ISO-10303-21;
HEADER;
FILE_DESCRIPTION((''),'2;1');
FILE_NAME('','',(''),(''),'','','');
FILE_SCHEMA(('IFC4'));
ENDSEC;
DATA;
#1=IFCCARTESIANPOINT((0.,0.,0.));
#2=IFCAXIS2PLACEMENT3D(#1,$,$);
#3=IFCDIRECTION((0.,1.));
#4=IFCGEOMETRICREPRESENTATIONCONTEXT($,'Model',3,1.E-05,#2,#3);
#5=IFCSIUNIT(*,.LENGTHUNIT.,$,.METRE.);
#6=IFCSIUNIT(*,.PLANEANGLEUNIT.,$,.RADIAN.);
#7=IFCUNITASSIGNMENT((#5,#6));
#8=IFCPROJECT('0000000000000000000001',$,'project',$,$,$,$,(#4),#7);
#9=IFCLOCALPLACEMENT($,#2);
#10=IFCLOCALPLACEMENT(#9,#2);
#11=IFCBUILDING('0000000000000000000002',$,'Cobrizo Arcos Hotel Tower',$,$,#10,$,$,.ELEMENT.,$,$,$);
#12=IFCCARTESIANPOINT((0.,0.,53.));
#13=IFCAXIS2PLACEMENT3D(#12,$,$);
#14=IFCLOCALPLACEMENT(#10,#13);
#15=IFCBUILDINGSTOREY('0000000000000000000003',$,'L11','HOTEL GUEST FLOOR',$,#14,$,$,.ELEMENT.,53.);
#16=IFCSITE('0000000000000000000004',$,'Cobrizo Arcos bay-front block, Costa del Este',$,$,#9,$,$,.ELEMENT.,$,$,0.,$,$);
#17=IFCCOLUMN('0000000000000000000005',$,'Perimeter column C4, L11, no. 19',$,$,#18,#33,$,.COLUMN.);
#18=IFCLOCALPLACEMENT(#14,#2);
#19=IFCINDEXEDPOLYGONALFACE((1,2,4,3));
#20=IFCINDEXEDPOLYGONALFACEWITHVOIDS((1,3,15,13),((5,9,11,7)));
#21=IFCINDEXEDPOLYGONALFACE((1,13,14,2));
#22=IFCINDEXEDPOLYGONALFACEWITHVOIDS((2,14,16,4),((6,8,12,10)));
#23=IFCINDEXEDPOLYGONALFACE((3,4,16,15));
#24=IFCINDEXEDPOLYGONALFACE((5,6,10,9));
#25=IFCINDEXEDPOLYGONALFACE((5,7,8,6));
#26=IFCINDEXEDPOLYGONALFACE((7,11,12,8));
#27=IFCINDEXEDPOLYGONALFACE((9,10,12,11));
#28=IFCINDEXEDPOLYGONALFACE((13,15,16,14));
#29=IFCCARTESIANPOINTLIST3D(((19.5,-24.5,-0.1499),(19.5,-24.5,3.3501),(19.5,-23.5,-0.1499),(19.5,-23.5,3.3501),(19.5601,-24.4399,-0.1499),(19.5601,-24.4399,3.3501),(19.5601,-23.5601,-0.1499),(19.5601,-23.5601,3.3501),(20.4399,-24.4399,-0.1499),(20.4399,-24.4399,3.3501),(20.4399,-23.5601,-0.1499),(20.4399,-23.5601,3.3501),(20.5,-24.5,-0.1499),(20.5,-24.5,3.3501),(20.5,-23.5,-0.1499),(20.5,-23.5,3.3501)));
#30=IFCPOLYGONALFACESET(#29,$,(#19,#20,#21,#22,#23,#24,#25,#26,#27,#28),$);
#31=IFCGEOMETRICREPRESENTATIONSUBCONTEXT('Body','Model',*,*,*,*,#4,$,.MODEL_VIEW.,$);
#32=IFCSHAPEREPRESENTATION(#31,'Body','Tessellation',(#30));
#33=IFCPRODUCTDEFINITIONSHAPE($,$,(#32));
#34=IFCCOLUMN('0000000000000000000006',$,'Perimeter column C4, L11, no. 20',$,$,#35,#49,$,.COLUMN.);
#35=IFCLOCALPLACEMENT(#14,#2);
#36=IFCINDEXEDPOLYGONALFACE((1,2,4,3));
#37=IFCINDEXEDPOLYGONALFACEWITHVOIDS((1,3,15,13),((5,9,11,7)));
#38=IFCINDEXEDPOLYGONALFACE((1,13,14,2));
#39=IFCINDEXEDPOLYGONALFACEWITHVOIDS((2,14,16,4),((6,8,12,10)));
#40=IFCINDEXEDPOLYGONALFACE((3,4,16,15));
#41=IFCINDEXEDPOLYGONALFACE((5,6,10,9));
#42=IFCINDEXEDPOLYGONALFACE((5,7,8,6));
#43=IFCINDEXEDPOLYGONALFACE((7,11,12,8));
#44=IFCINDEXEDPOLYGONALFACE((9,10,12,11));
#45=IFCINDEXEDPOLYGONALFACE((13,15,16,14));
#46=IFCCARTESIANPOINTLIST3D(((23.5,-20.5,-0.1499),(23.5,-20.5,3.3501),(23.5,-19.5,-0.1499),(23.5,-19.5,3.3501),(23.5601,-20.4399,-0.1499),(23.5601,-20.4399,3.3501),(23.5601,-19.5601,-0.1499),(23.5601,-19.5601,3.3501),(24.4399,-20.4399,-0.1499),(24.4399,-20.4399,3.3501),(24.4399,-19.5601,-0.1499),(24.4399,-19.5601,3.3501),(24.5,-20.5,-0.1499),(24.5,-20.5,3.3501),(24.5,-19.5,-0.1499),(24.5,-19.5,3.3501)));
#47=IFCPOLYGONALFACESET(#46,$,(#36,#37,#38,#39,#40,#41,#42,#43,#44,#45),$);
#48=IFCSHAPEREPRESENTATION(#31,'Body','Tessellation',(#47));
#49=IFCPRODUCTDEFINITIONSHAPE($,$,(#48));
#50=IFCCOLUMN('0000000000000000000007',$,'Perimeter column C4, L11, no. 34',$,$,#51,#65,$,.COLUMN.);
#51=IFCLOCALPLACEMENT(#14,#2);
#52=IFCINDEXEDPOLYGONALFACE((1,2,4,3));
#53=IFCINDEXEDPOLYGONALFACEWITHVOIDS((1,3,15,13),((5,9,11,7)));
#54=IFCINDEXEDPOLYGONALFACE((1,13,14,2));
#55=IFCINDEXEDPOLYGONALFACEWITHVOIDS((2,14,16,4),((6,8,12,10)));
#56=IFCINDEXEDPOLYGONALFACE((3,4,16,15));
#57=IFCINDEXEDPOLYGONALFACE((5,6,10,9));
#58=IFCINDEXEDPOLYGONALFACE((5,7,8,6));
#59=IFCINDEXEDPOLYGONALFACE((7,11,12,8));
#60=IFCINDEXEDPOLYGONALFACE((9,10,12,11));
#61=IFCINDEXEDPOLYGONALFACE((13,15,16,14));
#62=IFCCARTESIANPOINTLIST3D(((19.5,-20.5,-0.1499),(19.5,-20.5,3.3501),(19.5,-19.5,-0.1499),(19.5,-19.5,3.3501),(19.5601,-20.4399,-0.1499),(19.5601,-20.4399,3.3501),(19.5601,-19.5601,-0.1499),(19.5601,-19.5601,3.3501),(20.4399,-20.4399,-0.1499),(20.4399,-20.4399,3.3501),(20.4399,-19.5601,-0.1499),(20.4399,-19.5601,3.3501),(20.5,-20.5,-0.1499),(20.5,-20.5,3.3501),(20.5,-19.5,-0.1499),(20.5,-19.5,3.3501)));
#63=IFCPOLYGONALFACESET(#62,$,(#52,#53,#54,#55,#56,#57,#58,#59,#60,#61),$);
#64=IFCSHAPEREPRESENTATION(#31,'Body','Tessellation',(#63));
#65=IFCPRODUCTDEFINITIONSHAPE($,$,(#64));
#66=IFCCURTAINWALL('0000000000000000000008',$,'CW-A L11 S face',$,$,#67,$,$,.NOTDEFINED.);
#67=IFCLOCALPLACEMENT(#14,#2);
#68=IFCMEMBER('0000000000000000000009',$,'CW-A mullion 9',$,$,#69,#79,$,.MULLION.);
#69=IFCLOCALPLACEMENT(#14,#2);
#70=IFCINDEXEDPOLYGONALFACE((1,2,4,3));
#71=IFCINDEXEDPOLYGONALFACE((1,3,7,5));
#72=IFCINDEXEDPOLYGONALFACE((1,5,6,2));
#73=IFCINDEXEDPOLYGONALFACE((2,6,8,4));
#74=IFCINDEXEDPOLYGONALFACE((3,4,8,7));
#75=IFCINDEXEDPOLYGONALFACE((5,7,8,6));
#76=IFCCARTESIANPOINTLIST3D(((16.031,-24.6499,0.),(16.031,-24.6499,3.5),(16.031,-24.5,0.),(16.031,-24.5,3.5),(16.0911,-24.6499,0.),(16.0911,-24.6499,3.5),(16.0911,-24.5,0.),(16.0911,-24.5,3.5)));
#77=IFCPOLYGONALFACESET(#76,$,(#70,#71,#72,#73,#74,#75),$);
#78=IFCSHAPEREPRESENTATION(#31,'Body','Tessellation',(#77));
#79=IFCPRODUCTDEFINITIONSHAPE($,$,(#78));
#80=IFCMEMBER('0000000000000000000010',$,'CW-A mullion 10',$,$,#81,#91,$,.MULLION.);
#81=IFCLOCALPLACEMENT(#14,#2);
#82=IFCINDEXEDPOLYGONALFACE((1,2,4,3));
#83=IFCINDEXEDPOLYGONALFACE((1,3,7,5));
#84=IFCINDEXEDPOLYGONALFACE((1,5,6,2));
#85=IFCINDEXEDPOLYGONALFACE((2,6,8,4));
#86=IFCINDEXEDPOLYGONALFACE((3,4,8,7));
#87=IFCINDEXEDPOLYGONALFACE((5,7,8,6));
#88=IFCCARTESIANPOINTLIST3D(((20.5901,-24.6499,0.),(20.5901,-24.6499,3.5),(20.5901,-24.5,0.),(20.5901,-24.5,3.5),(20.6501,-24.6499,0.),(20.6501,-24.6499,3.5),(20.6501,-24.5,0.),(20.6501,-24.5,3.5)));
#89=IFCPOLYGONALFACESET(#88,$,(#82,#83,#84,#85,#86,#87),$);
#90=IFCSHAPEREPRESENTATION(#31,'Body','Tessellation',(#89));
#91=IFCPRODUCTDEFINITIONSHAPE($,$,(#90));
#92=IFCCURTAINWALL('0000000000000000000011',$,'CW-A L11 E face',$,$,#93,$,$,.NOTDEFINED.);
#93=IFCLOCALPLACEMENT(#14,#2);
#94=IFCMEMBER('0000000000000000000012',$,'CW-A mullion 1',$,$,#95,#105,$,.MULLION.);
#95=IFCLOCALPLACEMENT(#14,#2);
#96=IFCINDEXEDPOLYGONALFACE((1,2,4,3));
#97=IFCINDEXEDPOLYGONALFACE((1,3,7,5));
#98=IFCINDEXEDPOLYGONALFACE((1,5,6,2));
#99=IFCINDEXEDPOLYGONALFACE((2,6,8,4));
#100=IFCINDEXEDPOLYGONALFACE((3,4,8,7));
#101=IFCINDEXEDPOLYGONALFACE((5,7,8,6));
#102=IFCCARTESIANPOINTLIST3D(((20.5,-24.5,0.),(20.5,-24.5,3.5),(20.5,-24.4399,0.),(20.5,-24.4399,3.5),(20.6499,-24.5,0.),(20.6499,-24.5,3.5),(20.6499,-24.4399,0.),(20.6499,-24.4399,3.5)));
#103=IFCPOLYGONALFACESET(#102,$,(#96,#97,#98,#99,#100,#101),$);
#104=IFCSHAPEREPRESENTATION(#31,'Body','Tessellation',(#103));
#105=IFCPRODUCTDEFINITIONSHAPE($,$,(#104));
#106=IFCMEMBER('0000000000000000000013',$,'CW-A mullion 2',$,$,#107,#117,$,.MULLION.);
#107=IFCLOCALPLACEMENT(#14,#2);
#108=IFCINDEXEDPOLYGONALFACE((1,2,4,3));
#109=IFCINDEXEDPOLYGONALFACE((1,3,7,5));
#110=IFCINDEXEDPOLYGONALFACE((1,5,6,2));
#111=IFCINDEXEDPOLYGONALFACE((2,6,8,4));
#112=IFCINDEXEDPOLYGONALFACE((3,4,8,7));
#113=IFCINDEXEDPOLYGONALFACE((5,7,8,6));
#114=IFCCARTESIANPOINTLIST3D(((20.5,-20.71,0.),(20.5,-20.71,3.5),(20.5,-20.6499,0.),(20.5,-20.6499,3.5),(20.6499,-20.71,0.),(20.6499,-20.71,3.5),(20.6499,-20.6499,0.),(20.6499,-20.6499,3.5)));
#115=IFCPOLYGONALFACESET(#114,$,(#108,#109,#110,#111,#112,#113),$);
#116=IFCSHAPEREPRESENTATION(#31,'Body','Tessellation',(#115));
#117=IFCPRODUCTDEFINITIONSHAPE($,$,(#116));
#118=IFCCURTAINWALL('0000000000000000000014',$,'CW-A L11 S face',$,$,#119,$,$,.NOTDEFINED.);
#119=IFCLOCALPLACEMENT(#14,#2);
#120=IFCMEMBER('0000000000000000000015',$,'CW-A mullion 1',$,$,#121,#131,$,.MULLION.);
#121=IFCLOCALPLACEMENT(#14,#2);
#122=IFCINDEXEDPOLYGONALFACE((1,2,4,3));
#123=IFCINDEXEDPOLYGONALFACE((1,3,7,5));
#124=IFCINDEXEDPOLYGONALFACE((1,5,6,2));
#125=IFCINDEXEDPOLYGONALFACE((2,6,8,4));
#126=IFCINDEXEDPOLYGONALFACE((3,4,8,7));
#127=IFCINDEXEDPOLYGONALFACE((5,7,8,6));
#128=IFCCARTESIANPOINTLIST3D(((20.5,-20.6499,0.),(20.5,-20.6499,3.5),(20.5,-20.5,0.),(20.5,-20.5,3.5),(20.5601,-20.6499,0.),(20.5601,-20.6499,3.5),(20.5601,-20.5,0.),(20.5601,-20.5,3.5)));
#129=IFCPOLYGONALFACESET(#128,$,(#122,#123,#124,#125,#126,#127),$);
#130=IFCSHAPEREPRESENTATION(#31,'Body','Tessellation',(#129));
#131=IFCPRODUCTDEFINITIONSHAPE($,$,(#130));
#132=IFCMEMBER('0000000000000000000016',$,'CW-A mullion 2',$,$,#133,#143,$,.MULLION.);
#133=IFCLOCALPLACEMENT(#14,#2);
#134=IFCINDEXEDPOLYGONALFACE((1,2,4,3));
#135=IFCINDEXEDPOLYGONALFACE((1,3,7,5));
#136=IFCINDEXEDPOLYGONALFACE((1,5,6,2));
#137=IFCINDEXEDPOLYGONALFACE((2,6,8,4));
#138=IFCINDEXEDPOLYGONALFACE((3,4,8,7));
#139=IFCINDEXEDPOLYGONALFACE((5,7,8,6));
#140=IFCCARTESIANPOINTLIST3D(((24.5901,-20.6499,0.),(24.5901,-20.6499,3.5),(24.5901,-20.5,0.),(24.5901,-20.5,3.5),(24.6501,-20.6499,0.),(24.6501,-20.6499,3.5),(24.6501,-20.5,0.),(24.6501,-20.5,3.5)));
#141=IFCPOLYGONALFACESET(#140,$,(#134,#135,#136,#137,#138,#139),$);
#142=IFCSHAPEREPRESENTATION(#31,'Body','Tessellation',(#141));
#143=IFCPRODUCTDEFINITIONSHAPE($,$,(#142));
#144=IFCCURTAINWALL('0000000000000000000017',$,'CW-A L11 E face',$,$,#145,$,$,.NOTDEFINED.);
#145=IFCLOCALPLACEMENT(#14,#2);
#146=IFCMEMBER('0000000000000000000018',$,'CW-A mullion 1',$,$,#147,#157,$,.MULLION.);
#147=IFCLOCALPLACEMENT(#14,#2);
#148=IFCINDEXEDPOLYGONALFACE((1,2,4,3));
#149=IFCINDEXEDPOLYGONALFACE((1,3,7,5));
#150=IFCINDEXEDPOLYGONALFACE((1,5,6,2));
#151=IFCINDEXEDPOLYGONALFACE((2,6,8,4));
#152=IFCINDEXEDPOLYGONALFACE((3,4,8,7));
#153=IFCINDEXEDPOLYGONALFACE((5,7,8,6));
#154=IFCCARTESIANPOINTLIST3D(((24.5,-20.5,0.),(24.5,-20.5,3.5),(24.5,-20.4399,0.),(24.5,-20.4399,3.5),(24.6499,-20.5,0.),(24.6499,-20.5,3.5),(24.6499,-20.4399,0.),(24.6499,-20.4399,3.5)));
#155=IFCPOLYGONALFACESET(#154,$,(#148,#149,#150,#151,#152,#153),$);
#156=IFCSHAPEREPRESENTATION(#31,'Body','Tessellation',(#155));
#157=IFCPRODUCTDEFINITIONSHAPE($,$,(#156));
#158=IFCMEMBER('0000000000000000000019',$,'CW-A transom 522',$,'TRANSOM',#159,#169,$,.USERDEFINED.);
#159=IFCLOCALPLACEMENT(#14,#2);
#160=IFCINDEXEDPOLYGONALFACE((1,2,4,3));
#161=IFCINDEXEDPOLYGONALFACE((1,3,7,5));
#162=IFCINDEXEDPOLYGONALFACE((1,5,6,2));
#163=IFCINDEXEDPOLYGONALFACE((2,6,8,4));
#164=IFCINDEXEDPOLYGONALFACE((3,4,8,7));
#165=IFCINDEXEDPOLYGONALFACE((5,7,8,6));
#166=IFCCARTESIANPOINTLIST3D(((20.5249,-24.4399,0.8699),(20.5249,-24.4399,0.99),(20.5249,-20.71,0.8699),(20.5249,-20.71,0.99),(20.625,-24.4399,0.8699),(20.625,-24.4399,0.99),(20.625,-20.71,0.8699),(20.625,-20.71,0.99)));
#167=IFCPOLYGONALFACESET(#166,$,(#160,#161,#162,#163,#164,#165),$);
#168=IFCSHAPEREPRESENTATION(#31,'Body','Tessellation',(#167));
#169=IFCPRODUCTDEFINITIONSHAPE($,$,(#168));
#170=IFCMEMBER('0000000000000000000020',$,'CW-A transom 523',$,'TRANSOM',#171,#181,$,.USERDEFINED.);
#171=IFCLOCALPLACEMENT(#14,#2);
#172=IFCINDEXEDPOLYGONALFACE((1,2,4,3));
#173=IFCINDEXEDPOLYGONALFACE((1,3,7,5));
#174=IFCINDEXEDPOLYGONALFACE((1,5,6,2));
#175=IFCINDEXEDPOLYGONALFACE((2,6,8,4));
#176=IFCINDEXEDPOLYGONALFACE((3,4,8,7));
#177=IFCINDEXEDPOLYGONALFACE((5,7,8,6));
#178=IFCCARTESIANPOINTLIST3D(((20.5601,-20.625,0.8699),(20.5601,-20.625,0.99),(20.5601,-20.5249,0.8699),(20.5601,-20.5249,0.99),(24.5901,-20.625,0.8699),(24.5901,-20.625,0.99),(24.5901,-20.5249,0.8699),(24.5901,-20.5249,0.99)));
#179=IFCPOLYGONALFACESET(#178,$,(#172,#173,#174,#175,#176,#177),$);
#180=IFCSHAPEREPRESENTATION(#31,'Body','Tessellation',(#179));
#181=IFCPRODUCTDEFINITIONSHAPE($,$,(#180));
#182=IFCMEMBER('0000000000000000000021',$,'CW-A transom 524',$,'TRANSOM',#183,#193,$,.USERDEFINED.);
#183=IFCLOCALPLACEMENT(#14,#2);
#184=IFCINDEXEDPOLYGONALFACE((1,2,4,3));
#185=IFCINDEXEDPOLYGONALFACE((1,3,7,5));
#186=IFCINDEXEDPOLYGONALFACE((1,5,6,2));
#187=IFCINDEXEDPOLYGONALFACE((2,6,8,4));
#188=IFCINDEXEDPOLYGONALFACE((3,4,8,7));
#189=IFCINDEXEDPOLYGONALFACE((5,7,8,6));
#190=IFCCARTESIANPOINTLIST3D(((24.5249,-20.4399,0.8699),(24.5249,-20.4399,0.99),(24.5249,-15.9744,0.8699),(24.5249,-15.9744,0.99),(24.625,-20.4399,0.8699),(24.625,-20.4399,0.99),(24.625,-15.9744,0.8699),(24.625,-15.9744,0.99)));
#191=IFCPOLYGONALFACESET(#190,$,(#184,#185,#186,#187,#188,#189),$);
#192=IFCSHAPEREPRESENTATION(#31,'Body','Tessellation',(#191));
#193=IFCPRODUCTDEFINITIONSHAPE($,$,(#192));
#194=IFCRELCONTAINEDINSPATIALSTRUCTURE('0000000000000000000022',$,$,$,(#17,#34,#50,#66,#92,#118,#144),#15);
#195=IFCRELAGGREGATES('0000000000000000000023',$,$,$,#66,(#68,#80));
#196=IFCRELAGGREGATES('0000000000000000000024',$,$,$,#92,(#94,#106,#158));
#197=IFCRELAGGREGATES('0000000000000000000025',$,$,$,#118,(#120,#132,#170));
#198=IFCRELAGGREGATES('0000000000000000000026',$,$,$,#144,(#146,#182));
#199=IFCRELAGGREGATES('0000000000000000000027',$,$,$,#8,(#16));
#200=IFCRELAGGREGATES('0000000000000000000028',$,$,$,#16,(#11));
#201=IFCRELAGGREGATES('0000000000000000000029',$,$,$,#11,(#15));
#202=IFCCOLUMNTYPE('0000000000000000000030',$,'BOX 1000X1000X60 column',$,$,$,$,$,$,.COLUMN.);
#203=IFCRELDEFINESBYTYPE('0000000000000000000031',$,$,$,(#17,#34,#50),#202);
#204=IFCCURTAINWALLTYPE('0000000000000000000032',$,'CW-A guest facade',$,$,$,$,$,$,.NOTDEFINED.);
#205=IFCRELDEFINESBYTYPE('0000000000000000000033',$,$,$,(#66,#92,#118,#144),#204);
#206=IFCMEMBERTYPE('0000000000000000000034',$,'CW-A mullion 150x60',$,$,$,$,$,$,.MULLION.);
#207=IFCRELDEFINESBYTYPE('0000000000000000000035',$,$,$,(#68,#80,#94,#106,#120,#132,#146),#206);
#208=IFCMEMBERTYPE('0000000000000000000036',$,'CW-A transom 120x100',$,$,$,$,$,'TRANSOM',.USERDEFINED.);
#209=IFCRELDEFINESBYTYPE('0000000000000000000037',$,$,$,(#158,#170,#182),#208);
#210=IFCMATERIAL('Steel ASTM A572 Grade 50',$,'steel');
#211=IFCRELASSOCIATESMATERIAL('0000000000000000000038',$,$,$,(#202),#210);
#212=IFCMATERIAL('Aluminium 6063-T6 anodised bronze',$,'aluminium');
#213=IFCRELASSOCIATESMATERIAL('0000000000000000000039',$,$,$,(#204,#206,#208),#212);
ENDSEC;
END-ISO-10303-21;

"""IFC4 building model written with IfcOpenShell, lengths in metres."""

from ifc_helpers import new_model, si_unit, direction, frame, origin, origin_2d, place, context, subcontext, project, spatial, rectangle, hollow_rectangle, extrude, material, material_profile, profile_set, type_object, element, aggregate, save


model = new_model("IFC4")

# Units and contexts
model_context = context("Model", 3, precision=1e-05, world=origin(), true_north=direction((0.0, 1.0)))
body_context = subcontext(model_context, "Body", "Model", "MODEL_VIEW")
ifc_project = project(units=[si_unit("LENGTHUNIT", "METRE"), si_unit("PLANEANGLEUNIT", "RADIAN")], contexts=[model_context])

# Site, building, storey
site_placement = place(None, origin())
site = spatial("IfcSite", under=ifc_project, at=site_placement, Name="Cobrizo Arcos bay-front block, Costa del Este", CompositionType="ELEMENT", RefElevation=0.0)
building_placement = place(site_placement, origin())
building = spatial("IfcBuilding", under=site, at=building_placement, Name="Cobrizo Arcos Hotel Tower", CompositionType="ELEMENT")
storey_placement = place(building_placement, frame((0.0, 0.0, 53.0)))
storey = spatial("IfcBuildingStorey", under=building, at=storey_placement, Name="L11", Description="HOTEL GUEST FLOOR", CompositionType="ELEMENT", Elevation=53.0)

# Columns
ifc_material_1 = material(Name="Steel ASTM A572 Grade 50", Category="steel")
ifc_material_profile_1 = material_profile(ifc_material_1, hollow_rectangle(XDim=1.0, YDim=1.0, WallThickness=0.0601, at=origin_2d()), Name="BOX 1000X1000X60")
ifc_profile_set_1 = profile_set([ifc_material_profile_1], Name="Steel ASTM A572 Grade 50")
column_type = type_object("IfcColumnType", Name="BOX 1000X1000X60 column", PredefinedType="COLUMN", material=ifc_profile_set_1)
for number, where, z_axis, x_axis, name in (
    (1, (20.0, -24.0, -0.1499), (0.0, 0.0, 1.0), (1.0, 0.0, 0.0), "Perimeter column C4, L11, no. 19"),
    (2, (24.0, -20.0, -0.1499), (0.0, 0.0, 1.0), (1.0, 0.0, 0.0), "Perimeter column C4, L11, no. 20"),
    (3, (20.0, -20.0, -0.1499), (0.0, 0.0, 1.0), (1.0, 0.0, 0.0), "Perimeter column C4, L11, no. 34"),
):
    element("IfcColumn", number, at=place(storey_placement, frame(where, z_axis=z_axis, x_axis=x_axis)), inside=storey, type_object=column_type, Name=name, PredefinedType="COLUMN", context=body_context, shape_type="SweptSolid", body=[
        extrude(hollow_rectangle(XDim=1.0, YDim=1.0, WallThickness=0.0601, at=origin_2d()), origin(), (0.0, 0.0, 1.0), 3.5),
    ])

# Curtain walls, members
ifc_material_2 = material(Name="Aluminium 6063-T6 anodised bronze", Category="aluminium")
curtain_wall_type = type_object("IfcCurtainWallType", Name="CW-A guest facade", PredefinedType="NOTDEFINED", material=ifc_material_2)
curtain_wall_1_placement = place(storey_placement, origin())
curtain_wall_1 = element("IfcCurtainWall", 4, at=curtain_wall_1_placement, inside=storey, type_object=curtain_wall_type, Name="CW-A L11 S face", PredefinedType="NOTDEFINED")
ifc_material_profile_2 = material_profile(ifc_material_2, rectangle(XDim=0.1499, YDim=0.0601, at=origin_2d()), Name="CW-A mullion 150x60")
ifc_profile_set_2 = profile_set([ifc_material_profile_2], Name="Aluminium 6063-T6 anodised bronze")
member_type_1 = type_object("IfcMemberType", Name="CW-A mullion 150x60", PredefinedType="MULLION", material=ifc_profile_set_2)
member_1_placement = place(storey_placement, frame((16.061, -24.575, 0.0), z_axis=(0.0, 0.0, 1.0), x_axis=(0.0, -1.0, 0.0)))
member_1 = element("IfcMember", 5, at=member_1_placement, type_object=member_type_1, Name="CW-A mullion 9", PredefinedType="MULLION", context=body_context, shape_type="SweptSolid", body=[
    extrude(rectangle(XDim=0.1499, YDim=0.0601, at=origin_2d()), origin(), (0.0, 0.0, 1.0), 3.5),
])
member_2_placement = place(storey_placement, frame((20.6201, -24.575, 0.0), z_axis=(0.0, 0.0, 1.0), x_axis=(0.0, -1.0, 0.0)))
member_2 = element("IfcMember", 6, at=member_2_placement, type_object=member_type_1, Name="CW-A mullion 10", PredefinedType="MULLION", context=body_context, shape_type="SweptSolid", body=[
    extrude(rectangle(XDim=0.1499, YDim=0.0601, at=origin_2d()), origin(), (0.0, 0.0, 1.0), 3.5),
])
curtain_wall_2_placement = place(storey_placement, origin())
curtain_wall_2 = element("IfcCurtainWall", 7, at=curtain_wall_2_placement, inside=storey, type_object=curtain_wall_type, Name="CW-A L11 E face", PredefinedType="NOTDEFINED")
member_3_placement = place(storey_placement, frame((20.575, -24.47, 0.0), z_axis=(0.0, 0.0, 1.0), x_axis=(1.0, 0.0, 0.0)))
member_3 = element("IfcMember", 8, at=member_3_placement, type_object=member_type_1, Name="CW-A mullion 1", PredefinedType="MULLION", context=body_context, shape_type="SweptSolid", body=[
    extrude(rectangle(XDim=0.1499, YDim=0.0601, at=origin_2d()), origin(), (0.0, 0.0, 1.0), 3.5),
])
member_4_placement = place(storey_placement, frame((20.575, -20.6799, 0.0), z_axis=(0.0, 0.0, 1.0), x_axis=(1.0, 0.0, 0.0)))
member_4 = element("IfcMember", 9, at=member_4_placement, type_object=member_type_1, Name="CW-A mullion 2", PredefinedType="MULLION", context=body_context, shape_type="SweptSolid", body=[
    extrude(rectangle(XDim=0.1499, YDim=0.0601, at=origin_2d()), origin(), (0.0, 0.0, 1.0), 3.5),
])
curtain_wall_3_placement = place(storey_placement, origin())
curtain_wall_3 = element("IfcCurtainWall", 10, at=curtain_wall_3_placement, inside=storey, type_object=curtain_wall_type, Name="CW-A L11 S face", PredefinedType="NOTDEFINED")
member_5_placement = place(storey_placement, frame((20.53, -20.575, 0.0), z_axis=(0.0, 0.0, 1.0), x_axis=(0.0, -1.0, 0.0)))
member_5 = element("IfcMember", 11, at=member_5_placement, type_object=member_type_1, Name="CW-A mullion 1", PredefinedType="MULLION", context=body_context, shape_type="SweptSolid", body=[
    extrude(rectangle(XDim=0.1499, YDim=0.0601, at=origin_2d()), origin(), (0.0, 0.0, 1.0), 3.5),
])
member_6_placement = place(storey_placement, frame((24.6201, -20.575, 0.0), z_axis=(0.0, 0.0, 1.0), x_axis=(0.0, -1.0, 0.0)))
member_6 = element("IfcMember", 12, at=member_6_placement, type_object=member_type_1, Name="CW-A mullion 2", PredefinedType="MULLION", context=body_context, shape_type="SweptSolid", body=[
    extrude(rectangle(XDim=0.1499, YDim=0.0601, at=origin_2d()), origin(), (0.0, 0.0, 1.0), 3.5),
])

# Curtain wall, member
curtain_wall_4_placement = place(storey_placement, origin())
curtain_wall_4 = element("IfcCurtainWall", 13, at=curtain_wall_4_placement, inside=storey, type_object=curtain_wall_type, Name="CW-A L11 E face", PredefinedType="NOTDEFINED")
member_7_placement = place(storey_placement, frame((24.575, -20.47, 0.0), z_axis=(0.0, 0.0, 1.0), x_axis=(1.0, 0.0, 0.0)))
member_7 = element("IfcMember", 14, at=member_7_placement, type_object=member_type_1, Name="CW-A mullion 1", PredefinedType="MULLION", context=body_context, shape_type="SweptSolid", body=[
    extrude(rectangle(XDim=0.1499, YDim=0.0601, at=origin_2d()), origin(), (0.0, 0.0, 1.0), 3.5),
])

# Members
ifc_material_profile_3 = material_profile(ifc_material_2, rectangle(XDim=0.1001, YDim=0.1201, at=origin_2d()), Name="CW-A transom 120x100")
ifc_profile_set_3 = profile_set([ifc_material_profile_3], Name="Aluminium 6063-T6 anodised bronze")
member_type_2 = type_object("IfcMemberType", Name="CW-A transom 120x100", ElementType="TRANSOM", PredefinedType="USERDEFINED", material=ifc_profile_set_3)
member_8_placement = place(storey_placement, frame((20.575, -24.4399, 0.9299), z_axis=(0.0, 1.0, 0.0), x_axis=(-1.0, 0.0, 0.0)))
member_8 = element("IfcMember", 15, at=member_8_placement, type_object=member_type_2, Name="CW-A transom 522", ObjectType="TRANSOM", PredefinedType="USERDEFINED", context=body_context, shape_type="SweptSolid", body=[
    extrude(rectangle(XDim=0.1001, YDim=0.1201, at=origin_2d()), origin(), (0.0, 0.0, 1.0), 3.73),
])
member_9_placement = place(storey_placement, frame((20.5601, -20.575, 0.9299), z_axis=(1.0, 0.0, 0.0), x_axis=(0.0, 1.0, 0.0)))
member_9 = element("IfcMember", 16, at=member_9_placement, type_object=member_type_2, Name="CW-A transom 523", ObjectType="TRANSOM", PredefinedType="USERDEFINED", context=body_context, shape_type="SweptSolid", body=[
    extrude(rectangle(XDim=0.1001, YDim=0.1201, at=origin_2d()), origin(), (0.0, 0.0, 1.0), 4.03),
])
member_10_placement = place(storey_placement, frame((24.575, -20.4399, 0.9299), z_axis=(0.0, 1.0, 0.0), x_axis=(-1.0, 0.0, 0.0)))
member_10 = element("IfcMember", 17, at=member_10_placement, type_object=member_type_2, Name="CW-A transom 524", ObjectType="TRANSOM", PredefinedType="USERDEFINED", context=body_context, shape_type="SweptSolid", body=[
    extrude(rectangle(XDim=0.1001, YDim=0.1201, at=origin_2d()), origin(), (0.0, 0.0, 1.0), 4.4656),
])

aggregate(curtain_wall_1, [member_1, member_2])
aggregate(curtain_wall_2, [member_3, member_4, member_8])
aggregate(curtain_wall_3, [member_5, member_6, member_9])
aggregate(curtain_wall_4, [member_7, member_10])

save(model, "model.ifc")
